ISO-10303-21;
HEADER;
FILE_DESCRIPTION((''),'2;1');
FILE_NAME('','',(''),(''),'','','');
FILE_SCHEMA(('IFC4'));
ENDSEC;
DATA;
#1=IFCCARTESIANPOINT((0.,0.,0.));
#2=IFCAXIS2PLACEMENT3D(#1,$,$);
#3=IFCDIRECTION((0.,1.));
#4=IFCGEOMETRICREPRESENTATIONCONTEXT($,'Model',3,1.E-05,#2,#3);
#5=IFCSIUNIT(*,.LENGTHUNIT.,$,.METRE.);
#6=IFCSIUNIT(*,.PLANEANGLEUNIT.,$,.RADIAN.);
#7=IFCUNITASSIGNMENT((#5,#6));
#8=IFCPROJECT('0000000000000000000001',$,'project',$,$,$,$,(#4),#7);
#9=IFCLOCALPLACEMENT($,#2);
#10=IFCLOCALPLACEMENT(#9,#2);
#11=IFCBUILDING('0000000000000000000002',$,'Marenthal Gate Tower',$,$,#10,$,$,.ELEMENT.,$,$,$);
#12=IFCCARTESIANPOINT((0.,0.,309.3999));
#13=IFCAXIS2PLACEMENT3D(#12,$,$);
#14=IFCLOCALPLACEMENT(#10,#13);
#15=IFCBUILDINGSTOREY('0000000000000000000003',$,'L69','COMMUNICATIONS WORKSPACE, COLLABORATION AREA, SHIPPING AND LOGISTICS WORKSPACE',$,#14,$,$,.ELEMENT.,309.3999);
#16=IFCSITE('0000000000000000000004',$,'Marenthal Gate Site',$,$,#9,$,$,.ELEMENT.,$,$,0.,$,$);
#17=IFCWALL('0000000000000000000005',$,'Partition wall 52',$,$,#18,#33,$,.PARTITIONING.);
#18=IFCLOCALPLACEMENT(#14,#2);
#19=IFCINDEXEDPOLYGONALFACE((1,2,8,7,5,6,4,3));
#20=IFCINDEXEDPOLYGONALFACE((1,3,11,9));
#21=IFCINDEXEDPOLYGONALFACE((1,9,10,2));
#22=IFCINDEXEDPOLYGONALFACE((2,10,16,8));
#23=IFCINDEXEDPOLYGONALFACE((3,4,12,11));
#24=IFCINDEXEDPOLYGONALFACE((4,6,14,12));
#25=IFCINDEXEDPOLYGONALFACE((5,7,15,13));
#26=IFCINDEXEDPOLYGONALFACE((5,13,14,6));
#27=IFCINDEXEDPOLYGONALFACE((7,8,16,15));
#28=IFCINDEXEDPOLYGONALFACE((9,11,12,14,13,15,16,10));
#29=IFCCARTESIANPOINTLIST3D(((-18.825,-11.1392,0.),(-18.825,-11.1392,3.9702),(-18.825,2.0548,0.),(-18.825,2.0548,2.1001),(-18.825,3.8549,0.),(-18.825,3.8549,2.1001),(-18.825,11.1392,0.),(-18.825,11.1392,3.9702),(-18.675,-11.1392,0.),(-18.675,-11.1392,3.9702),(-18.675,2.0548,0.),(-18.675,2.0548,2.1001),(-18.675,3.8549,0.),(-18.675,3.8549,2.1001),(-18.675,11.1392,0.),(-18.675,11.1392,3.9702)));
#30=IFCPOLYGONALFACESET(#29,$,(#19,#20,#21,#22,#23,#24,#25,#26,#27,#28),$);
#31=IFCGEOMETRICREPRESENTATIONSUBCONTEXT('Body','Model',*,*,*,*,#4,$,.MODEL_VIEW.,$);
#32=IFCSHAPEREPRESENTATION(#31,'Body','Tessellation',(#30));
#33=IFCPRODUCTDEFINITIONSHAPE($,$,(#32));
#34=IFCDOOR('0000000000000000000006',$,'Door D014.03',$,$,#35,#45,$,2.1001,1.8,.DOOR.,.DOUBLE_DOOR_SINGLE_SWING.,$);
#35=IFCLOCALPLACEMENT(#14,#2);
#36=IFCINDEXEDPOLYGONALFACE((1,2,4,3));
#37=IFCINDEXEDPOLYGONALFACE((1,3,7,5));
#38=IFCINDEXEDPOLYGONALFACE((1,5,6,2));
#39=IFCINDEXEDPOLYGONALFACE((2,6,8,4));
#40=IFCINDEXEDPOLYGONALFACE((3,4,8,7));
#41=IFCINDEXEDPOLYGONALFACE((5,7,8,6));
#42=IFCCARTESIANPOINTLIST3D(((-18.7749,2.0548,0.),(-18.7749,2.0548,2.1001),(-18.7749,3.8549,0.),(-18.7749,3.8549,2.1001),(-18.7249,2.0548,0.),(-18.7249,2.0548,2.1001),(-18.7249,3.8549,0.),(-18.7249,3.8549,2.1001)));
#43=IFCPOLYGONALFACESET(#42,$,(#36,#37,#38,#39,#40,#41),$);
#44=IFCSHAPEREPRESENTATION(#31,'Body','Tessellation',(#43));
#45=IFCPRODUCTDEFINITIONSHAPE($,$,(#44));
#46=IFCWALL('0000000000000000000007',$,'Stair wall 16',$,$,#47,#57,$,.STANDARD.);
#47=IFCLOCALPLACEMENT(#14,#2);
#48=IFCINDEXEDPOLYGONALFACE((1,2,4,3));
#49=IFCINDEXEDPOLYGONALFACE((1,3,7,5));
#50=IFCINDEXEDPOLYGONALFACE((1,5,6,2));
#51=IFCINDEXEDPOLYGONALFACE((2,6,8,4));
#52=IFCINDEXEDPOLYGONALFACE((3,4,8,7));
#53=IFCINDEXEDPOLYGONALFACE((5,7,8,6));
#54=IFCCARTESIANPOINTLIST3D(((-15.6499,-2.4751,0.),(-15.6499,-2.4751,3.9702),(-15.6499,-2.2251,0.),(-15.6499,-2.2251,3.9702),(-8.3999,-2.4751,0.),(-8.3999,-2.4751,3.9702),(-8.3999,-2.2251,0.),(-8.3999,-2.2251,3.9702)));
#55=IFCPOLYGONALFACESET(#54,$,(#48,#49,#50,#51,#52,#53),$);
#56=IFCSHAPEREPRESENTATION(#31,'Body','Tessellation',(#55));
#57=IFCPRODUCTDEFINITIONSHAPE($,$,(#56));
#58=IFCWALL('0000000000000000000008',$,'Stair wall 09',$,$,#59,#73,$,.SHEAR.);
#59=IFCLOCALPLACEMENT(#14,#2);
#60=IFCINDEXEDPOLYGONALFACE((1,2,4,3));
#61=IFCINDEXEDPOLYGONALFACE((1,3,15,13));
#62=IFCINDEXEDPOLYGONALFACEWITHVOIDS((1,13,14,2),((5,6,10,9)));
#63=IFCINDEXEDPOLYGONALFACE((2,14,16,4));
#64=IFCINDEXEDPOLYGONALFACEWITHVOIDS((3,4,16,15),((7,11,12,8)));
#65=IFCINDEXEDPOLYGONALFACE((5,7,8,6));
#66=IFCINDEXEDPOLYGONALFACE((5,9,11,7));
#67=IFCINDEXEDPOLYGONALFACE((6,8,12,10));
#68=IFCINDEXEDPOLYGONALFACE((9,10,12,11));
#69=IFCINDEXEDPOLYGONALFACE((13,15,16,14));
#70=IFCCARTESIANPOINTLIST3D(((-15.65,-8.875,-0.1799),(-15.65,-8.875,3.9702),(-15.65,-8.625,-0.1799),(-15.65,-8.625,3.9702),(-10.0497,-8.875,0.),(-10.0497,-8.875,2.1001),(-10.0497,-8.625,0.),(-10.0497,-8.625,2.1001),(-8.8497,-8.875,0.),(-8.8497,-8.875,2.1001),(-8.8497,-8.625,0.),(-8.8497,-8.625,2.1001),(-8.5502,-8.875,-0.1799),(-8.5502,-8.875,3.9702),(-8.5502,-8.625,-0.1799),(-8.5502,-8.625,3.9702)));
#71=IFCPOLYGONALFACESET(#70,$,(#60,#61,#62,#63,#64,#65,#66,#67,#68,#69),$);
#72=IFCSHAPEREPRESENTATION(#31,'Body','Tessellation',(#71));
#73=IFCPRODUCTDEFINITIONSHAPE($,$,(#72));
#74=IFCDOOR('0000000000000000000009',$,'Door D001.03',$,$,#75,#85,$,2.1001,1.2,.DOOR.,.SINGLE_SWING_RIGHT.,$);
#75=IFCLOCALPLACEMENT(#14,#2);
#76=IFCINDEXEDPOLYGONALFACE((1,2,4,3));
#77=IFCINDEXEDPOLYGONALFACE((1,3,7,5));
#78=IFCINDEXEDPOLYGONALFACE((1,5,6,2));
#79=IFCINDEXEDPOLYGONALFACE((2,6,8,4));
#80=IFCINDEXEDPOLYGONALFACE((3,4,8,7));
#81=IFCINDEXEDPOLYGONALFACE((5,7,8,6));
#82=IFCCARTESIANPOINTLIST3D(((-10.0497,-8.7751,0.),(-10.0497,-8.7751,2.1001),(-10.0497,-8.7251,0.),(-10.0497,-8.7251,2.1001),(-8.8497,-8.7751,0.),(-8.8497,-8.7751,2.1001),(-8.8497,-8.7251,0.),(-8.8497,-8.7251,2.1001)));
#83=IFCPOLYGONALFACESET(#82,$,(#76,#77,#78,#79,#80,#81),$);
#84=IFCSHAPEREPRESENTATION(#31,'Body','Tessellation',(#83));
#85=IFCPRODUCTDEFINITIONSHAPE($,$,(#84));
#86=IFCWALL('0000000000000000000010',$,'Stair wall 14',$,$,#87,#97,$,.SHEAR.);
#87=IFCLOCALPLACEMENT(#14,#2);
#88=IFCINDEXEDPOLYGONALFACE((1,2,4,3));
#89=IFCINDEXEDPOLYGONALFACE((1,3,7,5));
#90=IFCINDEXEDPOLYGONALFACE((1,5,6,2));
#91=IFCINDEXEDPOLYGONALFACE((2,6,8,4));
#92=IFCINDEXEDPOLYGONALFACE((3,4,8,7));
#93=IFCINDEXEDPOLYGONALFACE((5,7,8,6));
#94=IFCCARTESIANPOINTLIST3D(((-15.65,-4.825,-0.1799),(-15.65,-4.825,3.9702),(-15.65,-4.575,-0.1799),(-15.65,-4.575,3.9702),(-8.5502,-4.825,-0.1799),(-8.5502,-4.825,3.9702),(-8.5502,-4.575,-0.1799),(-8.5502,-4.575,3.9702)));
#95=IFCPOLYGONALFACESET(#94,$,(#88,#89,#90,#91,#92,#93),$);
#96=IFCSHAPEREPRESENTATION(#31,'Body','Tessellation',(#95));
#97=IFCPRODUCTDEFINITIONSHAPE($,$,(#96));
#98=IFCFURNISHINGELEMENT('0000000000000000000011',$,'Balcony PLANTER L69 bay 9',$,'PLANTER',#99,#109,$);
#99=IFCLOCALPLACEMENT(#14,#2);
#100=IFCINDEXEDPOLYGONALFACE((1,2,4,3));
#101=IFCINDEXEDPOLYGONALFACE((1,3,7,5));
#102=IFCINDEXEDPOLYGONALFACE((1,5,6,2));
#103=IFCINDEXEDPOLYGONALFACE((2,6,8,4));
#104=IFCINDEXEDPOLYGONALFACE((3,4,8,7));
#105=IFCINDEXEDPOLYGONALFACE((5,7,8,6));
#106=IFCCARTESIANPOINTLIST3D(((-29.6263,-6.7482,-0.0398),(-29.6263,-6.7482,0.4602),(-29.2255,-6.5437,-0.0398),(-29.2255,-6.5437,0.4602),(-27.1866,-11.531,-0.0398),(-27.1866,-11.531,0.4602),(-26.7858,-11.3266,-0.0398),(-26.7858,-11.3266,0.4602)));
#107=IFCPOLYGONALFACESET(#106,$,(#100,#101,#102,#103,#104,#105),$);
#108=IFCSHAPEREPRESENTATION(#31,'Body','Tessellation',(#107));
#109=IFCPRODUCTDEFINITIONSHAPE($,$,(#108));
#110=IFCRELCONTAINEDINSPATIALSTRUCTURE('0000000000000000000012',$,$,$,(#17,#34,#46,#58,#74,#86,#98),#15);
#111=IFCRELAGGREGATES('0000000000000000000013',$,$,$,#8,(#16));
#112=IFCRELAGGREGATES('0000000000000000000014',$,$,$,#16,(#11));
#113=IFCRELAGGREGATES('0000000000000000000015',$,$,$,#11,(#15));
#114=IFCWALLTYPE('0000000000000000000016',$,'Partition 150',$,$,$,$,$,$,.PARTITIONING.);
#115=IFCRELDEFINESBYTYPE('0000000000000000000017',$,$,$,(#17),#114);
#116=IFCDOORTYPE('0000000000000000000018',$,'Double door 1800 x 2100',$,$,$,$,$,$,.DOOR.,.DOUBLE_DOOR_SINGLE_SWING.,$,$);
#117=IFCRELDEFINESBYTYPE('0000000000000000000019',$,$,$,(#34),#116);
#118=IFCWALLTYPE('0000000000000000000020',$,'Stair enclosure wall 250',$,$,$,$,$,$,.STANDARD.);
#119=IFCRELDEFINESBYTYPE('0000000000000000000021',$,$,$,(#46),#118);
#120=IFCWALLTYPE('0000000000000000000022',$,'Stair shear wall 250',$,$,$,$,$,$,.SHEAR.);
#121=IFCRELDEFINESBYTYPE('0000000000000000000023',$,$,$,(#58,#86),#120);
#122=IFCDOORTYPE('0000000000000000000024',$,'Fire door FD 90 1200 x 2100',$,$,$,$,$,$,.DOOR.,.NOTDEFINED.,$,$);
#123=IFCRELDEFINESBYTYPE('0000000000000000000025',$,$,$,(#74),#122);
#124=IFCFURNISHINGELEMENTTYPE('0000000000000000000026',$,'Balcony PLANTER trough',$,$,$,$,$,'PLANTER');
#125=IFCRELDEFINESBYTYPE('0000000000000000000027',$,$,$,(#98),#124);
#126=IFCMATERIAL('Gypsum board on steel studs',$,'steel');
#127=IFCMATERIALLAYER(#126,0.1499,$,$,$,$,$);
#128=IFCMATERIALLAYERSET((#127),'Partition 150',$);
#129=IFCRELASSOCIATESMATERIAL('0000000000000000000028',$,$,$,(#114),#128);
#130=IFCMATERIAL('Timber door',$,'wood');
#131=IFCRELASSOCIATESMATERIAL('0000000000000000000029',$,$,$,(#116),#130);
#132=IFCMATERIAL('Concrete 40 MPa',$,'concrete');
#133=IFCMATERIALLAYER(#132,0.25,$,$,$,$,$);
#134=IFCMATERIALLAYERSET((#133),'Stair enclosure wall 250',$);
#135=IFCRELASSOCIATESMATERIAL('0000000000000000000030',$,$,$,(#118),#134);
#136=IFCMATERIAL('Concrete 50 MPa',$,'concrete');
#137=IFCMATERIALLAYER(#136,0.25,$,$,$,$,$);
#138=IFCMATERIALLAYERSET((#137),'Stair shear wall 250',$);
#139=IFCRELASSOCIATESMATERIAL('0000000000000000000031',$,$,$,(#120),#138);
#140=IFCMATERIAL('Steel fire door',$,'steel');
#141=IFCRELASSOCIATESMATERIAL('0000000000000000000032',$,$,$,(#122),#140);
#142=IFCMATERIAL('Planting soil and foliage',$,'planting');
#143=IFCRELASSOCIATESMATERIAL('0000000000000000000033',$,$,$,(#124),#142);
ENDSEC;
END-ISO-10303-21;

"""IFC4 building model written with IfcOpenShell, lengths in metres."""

from ifc_helpers import new_model, si_unit, direction, frame, frame_2d, origin, origin_2d, place, context, subcontext, project, spatial, rectangle, extrude, material, layer, layer_set, type_object, element, fill, save


model = new_model("IFC4")

# Units and contexts
model_context = context("Model", 3, precision=1e-05, world=origin(), true_north=direction((0.0, 1.0)))
body_context = subcontext(model_context, "Body", "Model", "MODEL_VIEW")
ifc_project = project(units=[si_unit("LENGTHUNIT", "METRE"), si_unit("PLANEANGLEUNIT", "RADIAN")], contexts=[model_context])

# Site, building, storey
site_placement = place(None, origin())
site = spatial("IfcSite", under=ifc_project, at=site_placement, Name="Marenthal Gate Site", CompositionType="ELEMENT", RefElevation=0.0)
building_placement = place(site_placement, origin())
building = spatial("IfcBuilding", under=site, at=building_placement, Name="Marenthal Gate Tower", CompositionType="ELEMENT")
storey_placement = place(building_placement, frame((0.0, 0.0, 309.3999)))
storey = spatial("IfcBuildingStorey", under=building, at=storey_placement, Name="L69", Description="COMMUNICATIONS WORKSPACE, COLLABORATION AREA, SHIPPING AND LOGISTICS WORKSPACE", CompositionType="ELEMENT", Elevation=309.3999)

# Wall, opening, door
ifc_material_1 = material(Name="Gypsum board on steel studs", Category="steel")
ifc_layer_1 = layer(ifc_material_1, 0.1499)
ifc_layer_set_1 = layer_set([ifc_layer_1], Name="Partition 150")
wall_type_1 = type_object("IfcWallType", Name="Partition 150", PredefinedType="PARTITIONING", material=ifc_layer_set_1)
wall_1_placement = place(storey_placement, frame((-18.75, -11.1392, 0.0), z_axis=(0.0, 0.0, 1.0), x_axis=(0.0, 1.0, 0.0)))
wall_1 = element("IfcWall", 1, at=wall_1_placement, inside=storey, type_object=wall_type_1, Name="Partition wall 52", PredefinedType="PARTITIONING", context=body_context, shape_type="SweptSolid", body=[
    extrude(rectangle(XDim=22.2783, YDim=0.1499, at=frame_2d((11.1392, 0.0))), origin(), (0.0, 0.0, 1.0), 3.9702),
])
opening_1_placement = place(wall_1_placement, frame((13.1941, 0.0, 0.0)))
opening_1 = element("IfcOpeningElement", 2, at=opening_1_placement, cuts=wall_1, PredefinedType="OPENING", context=body_context, shape_type="SweptSolid", body=[
    extrude(rectangle(XDim=1.8, YDim=2.1001, at=frame_2d((0.8999, 1.05))), frame((0.0, 0.085, 0.0), z_axis=(0.0, -1.0, 0.0), x_axis=(1.0, 0.0, 0.0)), (0.0, 0.0, 1.0), 0.1699),
])
ifc_material_2 = material(Name="Timber door", Category="wood")
door_type_1 = type_object("IfcDoorType", Name="Double door 1800 x 2100", OperationType="DOUBLE_DOOR_SINGLE_SWING", PredefinedType="DOOR", material=ifc_material_2)
door_1_placement = place(opening_1_placement, origin())
door_1 = element("IfcDoor", 3, at=door_1_placement, inside=storey, type_object=door_type_1, Name="Door D014.03", OperationType="DOUBLE_DOOR_SINGLE_SWING", OverallHeight=2.1001, OverallWidth=1.8, PredefinedType="DOOR", context=body_context, shape_type="SweptSolid", body=[
    extrude(rectangle(XDim=1.8, YDim=2.1001, at=frame_2d((0.8999, 1.05))), frame((0.0, 0.0249, 0.0), z_axis=(0.0, -1.0, 0.0), x_axis=(1.0, 0.0, 0.0)), (0.0, 0.0, 1.0), 0.05),
])
fill(opening_1, door_1)

# Wall
ifc_material_3 = material(Name="Concrete 40 MPa", Category="concrete")
ifc_layer_2 = layer(ifc_material_3, 0.25)
ifc_layer_set_2 = layer_set([ifc_layer_2], Name="Stair enclosure wall 250")
wall_type_2 = type_object("IfcWallType", Name="Stair enclosure wall 250", PredefinedType="STANDARD", material=ifc_layer_set_2)
wall_2_placement = place(storey_placement, frame((-15.6499, -2.3501, 0.0), z_axis=(0.0, 0.0, 1.0), x_axis=(1.0, 0.0, 0.0)))
element("IfcWall", 4, at=wall_2_placement, inside=storey, type_object=wall_type_2, Name="Stair wall 16", PredefinedType="STANDARD", context=body_context, shape_type="SweptSolid", body=[
    extrude(rectangle(XDim=7.25, YDim=0.25, at=frame_2d((3.625, 0.0))), origin(), (0.0, 0.0, 1.0), 3.9702),
])

# Wall, opening, door
ifc_material_4 = material(Name="Concrete 50 MPa", Category="concrete")
ifc_layer_3 = layer(ifc_material_4, 0.25)
ifc_layer_set_3 = layer_set([ifc_layer_3], Name="Stair shear wall 250")
wall_type_3 = type_object("IfcWallType", Name="Stair shear wall 250", PredefinedType="SHEAR", material=ifc_layer_set_3)
wall_3_placement = place(storey_placement, frame((-15.6499, -8.75, -0.1799), z_axis=(0.0, 0.0, 1.0), x_axis=(1.0, 0.0, 0.0)))
wall_3 = element("IfcWall", 5, at=wall_3_placement, inside=storey, type_object=wall_type_3, Name="Stair wall 09", PredefinedType="SHEAR", context=body_context, shape_type="SweptSolid", body=[
    extrude(rectangle(XDim=7.0999, YDim=0.25, at=frame_2d((3.5498, 0.0))), origin(), (0.0, 0.0, 1.0), 4.1501),
])
opening_2_placement = place(wall_3_placement, frame((5.6001, 0.0, 0.1799)))
opening_2 = element("IfcOpeningElement", 6, at=opening_2_placement, cuts=wall_3, PredefinedType="OPENING", context=body_context, shape_type="SweptSolid", body=[
    extrude(rectangle(XDim=1.2, YDim=2.1001, at=frame_2d((0.6001, 1.05))), frame((0.0, 0.135, 0.0), z_axis=(0.0, -1.0, 0.0), x_axis=(1.0, 0.0, 0.0)), (0.0, 0.0, 1.0), 0.27),
])
ifc_material_5 = material(Name="Steel fire door", Category="steel")
door_type_2 = type_object("IfcDoorType", Name="Fire door FD 90 1200 x 2100", OperationType="NOTDEFINED", PredefinedType="DOOR", material=ifc_material_5)
door_2_placement = place(opening_2_placement, origin())
door_2 = element("IfcDoor", 7, at=door_2_placement, inside=storey, type_object=door_type_2, Name="Door D001.03", OperationType="SINGLE_SWING_RIGHT", OverallHeight=2.1001, OverallWidth=1.2, PredefinedType="DOOR", context=body_context, shape_type="SweptSolid", body=[
    extrude(rectangle(XDim=1.2, YDim=2.1001, at=frame_2d((0.6001, 1.05))), frame((0.0, 0.0249, 0.0), z_axis=(0.0, -1.0, 0.0), x_axis=(1.0, 0.0, 0.0)), (0.0, 0.0, 1.0), 0.05),
])
fill(opening_2, door_2)

# Wall
wall_4_placement = place(storey_placement, frame((-15.6499, -4.7, -0.1799), z_axis=(0.0, 0.0, 1.0), x_axis=(1.0, 0.0, 0.0)))
element("IfcWall", 8, at=wall_4_placement, inside=storey, type_object=wall_type_3, Name="Stair wall 14", PredefinedType="SHEAR", context=body_context, shape_type="SweptSolid", body=[
    extrude(rectangle(XDim=7.0999, YDim=0.25, at=frame_2d((3.5498, 0.0))), origin(), (0.0, 0.0, 1.0), 4.1501),
])

# Furnishing element
ifc_material_6 = material(Name="Planting soil and foliage", Category="planting")
furnishing_element_type = type_object("IfcFurnishingElementType", Name="Balcony PLANTER trough", ElementType="PLANTER", material=ifc_material_6)
furnishing_placement = place(storey_placement, frame((-28.2061, -9.0374, -0.0398), z_axis=(0.0, 0.0, 1.0), x_axis=(0.454389, -0.890803, 0.0)))
element("IfcFurnishingElement", 9, at=furnishing_placement, inside=storey, type_object=furnishing_element_type, Name="Balcony PLANTER L69 bay 9", ObjectType="PLANTER", context=body_context, shape_type="SweptSolid", body=[
    extrude(rectangle(XDim=5.3691, YDim=0.45, at=origin_2d()), origin(), (0.0, 0.0, 1.0), 0.5),
])

save(model, "model.ifc")
